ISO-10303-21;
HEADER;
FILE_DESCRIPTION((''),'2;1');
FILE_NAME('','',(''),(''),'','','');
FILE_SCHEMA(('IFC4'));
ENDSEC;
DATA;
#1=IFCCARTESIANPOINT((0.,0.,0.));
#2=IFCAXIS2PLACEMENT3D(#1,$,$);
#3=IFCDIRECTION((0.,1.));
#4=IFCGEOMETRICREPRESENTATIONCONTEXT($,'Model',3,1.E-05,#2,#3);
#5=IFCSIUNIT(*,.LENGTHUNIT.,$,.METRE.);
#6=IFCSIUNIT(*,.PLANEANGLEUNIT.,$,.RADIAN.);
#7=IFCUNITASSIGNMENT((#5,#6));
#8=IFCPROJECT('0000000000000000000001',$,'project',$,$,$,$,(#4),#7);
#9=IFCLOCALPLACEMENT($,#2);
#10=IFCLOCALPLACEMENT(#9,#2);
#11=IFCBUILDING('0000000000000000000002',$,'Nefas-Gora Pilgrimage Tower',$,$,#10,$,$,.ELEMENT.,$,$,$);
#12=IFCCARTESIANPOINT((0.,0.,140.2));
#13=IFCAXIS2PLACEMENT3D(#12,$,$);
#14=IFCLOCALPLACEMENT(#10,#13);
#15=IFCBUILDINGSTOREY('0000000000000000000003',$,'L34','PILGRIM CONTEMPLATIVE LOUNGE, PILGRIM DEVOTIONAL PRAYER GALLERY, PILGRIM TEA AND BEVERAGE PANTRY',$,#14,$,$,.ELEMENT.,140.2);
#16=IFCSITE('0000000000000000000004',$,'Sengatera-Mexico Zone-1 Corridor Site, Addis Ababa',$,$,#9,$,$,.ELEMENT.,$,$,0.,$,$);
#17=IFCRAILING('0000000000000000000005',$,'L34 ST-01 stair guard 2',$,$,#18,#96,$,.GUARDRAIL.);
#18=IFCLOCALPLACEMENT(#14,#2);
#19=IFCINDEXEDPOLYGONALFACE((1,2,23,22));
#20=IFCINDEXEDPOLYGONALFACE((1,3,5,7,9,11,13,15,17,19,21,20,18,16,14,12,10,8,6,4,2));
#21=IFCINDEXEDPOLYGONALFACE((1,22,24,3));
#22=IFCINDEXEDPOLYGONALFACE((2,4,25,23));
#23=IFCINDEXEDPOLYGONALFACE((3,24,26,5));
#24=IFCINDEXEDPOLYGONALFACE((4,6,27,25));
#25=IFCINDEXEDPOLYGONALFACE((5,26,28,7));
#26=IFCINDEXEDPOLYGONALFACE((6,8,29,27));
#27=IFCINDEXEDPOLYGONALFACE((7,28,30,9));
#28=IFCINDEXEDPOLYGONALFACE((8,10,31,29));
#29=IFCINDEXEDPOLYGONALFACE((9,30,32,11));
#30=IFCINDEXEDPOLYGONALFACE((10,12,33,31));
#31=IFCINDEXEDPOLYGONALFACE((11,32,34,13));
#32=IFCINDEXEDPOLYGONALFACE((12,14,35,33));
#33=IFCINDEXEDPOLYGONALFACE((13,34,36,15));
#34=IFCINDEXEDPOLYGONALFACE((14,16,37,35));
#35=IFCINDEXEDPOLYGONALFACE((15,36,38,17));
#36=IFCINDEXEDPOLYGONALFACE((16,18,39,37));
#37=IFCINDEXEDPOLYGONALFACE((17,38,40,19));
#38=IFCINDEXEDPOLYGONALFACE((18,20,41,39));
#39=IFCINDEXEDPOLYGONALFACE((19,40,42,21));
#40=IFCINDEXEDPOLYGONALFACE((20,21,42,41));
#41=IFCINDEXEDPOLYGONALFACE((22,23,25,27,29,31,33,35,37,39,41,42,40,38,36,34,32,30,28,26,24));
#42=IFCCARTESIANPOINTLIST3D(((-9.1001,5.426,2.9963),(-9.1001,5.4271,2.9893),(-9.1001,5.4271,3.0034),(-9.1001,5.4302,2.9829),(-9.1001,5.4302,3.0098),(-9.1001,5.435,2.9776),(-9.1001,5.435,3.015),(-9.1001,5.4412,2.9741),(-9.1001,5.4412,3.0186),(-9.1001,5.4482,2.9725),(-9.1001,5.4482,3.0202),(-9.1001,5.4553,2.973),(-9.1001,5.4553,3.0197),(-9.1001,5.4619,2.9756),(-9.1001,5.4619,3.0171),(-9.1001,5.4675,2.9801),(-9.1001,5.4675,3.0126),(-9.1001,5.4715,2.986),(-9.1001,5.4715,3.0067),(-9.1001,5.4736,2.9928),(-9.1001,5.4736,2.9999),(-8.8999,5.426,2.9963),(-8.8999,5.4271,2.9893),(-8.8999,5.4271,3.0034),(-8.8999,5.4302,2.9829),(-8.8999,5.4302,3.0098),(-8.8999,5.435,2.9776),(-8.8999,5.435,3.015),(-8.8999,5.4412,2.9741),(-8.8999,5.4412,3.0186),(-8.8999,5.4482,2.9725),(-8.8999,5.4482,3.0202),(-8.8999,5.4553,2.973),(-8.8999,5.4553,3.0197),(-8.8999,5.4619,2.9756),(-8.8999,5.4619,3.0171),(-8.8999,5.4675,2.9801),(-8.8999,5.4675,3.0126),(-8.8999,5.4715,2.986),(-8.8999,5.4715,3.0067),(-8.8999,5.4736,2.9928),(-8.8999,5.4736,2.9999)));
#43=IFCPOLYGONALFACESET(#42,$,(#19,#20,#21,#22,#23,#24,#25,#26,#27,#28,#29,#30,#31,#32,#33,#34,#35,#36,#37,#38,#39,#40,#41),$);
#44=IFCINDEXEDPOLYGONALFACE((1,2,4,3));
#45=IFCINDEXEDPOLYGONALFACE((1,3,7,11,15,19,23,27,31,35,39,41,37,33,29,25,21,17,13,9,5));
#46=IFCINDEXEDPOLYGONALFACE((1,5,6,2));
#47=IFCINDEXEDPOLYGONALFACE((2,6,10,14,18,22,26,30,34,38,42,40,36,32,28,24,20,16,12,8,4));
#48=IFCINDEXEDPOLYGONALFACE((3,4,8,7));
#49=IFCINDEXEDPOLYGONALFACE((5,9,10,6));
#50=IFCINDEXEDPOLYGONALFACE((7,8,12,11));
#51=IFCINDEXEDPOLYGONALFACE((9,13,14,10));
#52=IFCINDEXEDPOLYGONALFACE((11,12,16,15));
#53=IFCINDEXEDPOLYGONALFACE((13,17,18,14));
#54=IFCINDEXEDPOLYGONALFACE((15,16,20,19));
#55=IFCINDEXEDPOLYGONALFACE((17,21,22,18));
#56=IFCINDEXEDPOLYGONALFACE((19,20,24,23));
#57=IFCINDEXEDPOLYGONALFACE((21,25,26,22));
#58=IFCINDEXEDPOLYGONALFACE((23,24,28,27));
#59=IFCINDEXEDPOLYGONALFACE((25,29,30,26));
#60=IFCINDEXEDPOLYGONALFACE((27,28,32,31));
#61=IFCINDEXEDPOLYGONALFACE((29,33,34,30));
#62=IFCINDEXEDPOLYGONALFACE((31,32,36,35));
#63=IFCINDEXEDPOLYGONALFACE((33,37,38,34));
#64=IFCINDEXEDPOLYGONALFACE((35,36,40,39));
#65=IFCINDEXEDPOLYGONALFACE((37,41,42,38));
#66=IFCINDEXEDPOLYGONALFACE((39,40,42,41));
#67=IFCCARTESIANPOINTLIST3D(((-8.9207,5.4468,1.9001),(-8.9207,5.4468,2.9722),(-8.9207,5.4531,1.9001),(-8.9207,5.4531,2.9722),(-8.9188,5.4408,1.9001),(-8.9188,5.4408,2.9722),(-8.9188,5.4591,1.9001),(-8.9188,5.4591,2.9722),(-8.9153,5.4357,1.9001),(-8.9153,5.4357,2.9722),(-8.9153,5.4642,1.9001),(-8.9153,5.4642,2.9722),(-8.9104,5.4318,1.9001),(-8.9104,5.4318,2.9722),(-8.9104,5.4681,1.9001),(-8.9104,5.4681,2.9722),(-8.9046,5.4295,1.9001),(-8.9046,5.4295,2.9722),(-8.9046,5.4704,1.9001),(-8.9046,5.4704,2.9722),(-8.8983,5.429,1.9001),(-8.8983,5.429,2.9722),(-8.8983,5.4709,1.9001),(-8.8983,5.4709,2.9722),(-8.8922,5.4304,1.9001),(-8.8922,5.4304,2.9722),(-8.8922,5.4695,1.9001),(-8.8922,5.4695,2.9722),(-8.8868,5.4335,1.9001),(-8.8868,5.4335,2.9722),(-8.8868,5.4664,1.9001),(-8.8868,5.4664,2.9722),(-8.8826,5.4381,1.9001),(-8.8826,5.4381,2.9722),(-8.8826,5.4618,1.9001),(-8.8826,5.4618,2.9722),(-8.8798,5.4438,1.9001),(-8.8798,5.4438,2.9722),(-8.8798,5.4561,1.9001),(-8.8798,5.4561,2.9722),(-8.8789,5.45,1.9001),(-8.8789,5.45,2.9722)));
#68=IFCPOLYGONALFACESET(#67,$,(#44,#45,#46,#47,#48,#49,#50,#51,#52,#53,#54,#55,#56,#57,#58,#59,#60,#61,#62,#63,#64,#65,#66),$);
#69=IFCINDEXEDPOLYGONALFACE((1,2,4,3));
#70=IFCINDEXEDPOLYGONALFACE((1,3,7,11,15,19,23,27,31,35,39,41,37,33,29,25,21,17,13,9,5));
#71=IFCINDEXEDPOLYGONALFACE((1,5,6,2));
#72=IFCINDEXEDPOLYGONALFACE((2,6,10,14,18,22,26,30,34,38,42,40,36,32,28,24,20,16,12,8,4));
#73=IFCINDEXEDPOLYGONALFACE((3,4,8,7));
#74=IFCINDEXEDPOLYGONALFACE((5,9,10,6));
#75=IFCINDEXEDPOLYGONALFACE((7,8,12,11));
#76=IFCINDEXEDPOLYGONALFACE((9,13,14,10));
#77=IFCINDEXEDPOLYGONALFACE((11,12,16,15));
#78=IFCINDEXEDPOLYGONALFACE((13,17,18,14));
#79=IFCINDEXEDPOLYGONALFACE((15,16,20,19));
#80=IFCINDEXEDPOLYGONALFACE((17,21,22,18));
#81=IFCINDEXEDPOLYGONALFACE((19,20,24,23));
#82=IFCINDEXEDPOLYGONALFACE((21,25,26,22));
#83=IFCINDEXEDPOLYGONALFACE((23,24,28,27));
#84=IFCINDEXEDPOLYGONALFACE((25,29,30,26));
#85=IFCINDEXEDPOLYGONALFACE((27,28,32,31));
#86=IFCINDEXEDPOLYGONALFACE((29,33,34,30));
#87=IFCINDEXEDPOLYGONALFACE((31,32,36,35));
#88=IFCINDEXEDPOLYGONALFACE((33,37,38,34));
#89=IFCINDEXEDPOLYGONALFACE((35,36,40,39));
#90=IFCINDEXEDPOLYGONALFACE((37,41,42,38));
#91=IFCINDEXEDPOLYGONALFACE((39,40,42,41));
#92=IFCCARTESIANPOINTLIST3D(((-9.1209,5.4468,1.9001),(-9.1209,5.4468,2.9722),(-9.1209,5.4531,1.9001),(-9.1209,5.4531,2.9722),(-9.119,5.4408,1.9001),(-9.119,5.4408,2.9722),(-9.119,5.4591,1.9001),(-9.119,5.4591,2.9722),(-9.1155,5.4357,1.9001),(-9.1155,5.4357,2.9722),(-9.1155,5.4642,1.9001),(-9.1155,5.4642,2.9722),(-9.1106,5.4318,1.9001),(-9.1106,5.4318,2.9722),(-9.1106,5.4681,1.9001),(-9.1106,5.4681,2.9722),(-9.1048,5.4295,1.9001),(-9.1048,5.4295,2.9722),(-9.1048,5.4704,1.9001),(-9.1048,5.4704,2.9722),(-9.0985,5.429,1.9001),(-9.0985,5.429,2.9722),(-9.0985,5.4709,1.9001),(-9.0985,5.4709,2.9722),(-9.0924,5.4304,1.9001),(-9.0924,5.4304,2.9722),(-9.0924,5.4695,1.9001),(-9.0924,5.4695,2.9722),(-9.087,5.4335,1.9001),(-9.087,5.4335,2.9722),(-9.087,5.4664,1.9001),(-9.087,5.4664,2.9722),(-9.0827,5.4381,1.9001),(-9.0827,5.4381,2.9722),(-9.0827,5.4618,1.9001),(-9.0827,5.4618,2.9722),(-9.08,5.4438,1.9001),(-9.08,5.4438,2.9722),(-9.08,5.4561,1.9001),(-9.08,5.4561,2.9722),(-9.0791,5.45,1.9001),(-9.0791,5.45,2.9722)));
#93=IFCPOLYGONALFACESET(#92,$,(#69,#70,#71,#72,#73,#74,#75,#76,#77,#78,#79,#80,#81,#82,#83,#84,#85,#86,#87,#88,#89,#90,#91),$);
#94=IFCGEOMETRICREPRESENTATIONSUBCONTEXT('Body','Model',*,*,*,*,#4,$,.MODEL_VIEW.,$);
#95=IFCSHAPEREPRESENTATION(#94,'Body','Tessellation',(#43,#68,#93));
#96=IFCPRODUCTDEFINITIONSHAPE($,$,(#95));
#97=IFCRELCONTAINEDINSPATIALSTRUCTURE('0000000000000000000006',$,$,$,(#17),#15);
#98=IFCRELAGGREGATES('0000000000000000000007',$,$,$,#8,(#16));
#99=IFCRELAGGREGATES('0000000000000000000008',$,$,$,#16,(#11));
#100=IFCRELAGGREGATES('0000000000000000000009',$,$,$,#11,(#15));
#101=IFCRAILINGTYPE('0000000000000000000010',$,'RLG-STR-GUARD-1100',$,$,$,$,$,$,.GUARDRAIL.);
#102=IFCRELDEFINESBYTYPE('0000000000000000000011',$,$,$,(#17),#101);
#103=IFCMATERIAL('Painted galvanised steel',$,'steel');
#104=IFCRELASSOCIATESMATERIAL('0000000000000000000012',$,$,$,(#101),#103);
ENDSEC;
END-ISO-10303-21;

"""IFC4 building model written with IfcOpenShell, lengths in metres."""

from ifc_helpers import new_model, si_unit, direction, frame, origin, origin_2d, place, context, subcontext, project, spatial, circle, extrude, material, type_object, element, save


model = new_model("IFC4")

# Units and contexts
model_context = context("Model", 3, precision=1e-05, world=origin(), true_north=direction((0.0, 1.0)))
body_context = subcontext(model_context, "Body", "Model", "MODEL_VIEW")
ifc_project = project(units=[si_unit("LENGTHUNIT", "METRE"), si_unit("PLANEANGLEUNIT", "RADIAN")], contexts=[model_context])

# Site, building, storey
site_placement = place(None, origin())
site = spatial("IfcSite", under=ifc_project, at=site_placement, Name="Sengatera-Mexico Zone-1 Corridor Site, Addis Ababa", CompositionType="ELEMENT", RefElevation=0.0)
building_placement = place(site_placement, origin())
building = spatial("IfcBuilding", under=site, at=building_placement, Name="Nefas-Gora Pilgrimage Tower", CompositionType="ELEMENT")
storey_placement = place(building_placement, frame((0.0, 0.0, 140.2)))
storey = spatial("IfcBuildingStorey", under=building, at=storey_placement, Name="L34", Description="PILGRIM CONTEMPLATIVE LOUNGE, PILGRIM DEVOTIONAL PRAYER GALLERY, PILGRIM TEA AND BEVERAGE PANTRY", CompositionType="ELEMENT", Elevation=140.2)

# Railing
ifc_material_1 = material(Name="Painted galvanised steel", Category="steel")
railing_type_1 = type_object("IfcRailingType", Name="RLG-STR-GUARD-1100", PredefinedType="GUARDRAIL", material=ifc_material_1)
railing_1_placement = place(storey_placement, frame((-8.8999, 5.45, 1.9001)))
element("IfcRailing", 1, at=railing_1_placement, inside=storey, type_object=railing_type_1, Name="L34 ST-01 stair guard 2", PredefinedType="GUARDRAIL", context=body_context, shape_type="SweptSolid", body=[
    extrude(circle(Radius=0.0239, at=origin_2d()), frame((0.0, 0.0, 1.0962), z_axis=(-1.0, 0.0, 0.0), x_axis=(0.0, -1.0, 0.0)), (0.0, 0.0, 1.0), 0.2002),
    extrude(circle(Radius=0.021, at=origin_2d()), origin(), (0.0, 0.0, 1.0), 1.072),
    extrude(circle(Radius=0.021, at=origin_2d()), frame((-0.2002, 0.0, 0.0)), (0.0, 0.0, 1.0), 1.072),
])

save(model, "model.ifc")
